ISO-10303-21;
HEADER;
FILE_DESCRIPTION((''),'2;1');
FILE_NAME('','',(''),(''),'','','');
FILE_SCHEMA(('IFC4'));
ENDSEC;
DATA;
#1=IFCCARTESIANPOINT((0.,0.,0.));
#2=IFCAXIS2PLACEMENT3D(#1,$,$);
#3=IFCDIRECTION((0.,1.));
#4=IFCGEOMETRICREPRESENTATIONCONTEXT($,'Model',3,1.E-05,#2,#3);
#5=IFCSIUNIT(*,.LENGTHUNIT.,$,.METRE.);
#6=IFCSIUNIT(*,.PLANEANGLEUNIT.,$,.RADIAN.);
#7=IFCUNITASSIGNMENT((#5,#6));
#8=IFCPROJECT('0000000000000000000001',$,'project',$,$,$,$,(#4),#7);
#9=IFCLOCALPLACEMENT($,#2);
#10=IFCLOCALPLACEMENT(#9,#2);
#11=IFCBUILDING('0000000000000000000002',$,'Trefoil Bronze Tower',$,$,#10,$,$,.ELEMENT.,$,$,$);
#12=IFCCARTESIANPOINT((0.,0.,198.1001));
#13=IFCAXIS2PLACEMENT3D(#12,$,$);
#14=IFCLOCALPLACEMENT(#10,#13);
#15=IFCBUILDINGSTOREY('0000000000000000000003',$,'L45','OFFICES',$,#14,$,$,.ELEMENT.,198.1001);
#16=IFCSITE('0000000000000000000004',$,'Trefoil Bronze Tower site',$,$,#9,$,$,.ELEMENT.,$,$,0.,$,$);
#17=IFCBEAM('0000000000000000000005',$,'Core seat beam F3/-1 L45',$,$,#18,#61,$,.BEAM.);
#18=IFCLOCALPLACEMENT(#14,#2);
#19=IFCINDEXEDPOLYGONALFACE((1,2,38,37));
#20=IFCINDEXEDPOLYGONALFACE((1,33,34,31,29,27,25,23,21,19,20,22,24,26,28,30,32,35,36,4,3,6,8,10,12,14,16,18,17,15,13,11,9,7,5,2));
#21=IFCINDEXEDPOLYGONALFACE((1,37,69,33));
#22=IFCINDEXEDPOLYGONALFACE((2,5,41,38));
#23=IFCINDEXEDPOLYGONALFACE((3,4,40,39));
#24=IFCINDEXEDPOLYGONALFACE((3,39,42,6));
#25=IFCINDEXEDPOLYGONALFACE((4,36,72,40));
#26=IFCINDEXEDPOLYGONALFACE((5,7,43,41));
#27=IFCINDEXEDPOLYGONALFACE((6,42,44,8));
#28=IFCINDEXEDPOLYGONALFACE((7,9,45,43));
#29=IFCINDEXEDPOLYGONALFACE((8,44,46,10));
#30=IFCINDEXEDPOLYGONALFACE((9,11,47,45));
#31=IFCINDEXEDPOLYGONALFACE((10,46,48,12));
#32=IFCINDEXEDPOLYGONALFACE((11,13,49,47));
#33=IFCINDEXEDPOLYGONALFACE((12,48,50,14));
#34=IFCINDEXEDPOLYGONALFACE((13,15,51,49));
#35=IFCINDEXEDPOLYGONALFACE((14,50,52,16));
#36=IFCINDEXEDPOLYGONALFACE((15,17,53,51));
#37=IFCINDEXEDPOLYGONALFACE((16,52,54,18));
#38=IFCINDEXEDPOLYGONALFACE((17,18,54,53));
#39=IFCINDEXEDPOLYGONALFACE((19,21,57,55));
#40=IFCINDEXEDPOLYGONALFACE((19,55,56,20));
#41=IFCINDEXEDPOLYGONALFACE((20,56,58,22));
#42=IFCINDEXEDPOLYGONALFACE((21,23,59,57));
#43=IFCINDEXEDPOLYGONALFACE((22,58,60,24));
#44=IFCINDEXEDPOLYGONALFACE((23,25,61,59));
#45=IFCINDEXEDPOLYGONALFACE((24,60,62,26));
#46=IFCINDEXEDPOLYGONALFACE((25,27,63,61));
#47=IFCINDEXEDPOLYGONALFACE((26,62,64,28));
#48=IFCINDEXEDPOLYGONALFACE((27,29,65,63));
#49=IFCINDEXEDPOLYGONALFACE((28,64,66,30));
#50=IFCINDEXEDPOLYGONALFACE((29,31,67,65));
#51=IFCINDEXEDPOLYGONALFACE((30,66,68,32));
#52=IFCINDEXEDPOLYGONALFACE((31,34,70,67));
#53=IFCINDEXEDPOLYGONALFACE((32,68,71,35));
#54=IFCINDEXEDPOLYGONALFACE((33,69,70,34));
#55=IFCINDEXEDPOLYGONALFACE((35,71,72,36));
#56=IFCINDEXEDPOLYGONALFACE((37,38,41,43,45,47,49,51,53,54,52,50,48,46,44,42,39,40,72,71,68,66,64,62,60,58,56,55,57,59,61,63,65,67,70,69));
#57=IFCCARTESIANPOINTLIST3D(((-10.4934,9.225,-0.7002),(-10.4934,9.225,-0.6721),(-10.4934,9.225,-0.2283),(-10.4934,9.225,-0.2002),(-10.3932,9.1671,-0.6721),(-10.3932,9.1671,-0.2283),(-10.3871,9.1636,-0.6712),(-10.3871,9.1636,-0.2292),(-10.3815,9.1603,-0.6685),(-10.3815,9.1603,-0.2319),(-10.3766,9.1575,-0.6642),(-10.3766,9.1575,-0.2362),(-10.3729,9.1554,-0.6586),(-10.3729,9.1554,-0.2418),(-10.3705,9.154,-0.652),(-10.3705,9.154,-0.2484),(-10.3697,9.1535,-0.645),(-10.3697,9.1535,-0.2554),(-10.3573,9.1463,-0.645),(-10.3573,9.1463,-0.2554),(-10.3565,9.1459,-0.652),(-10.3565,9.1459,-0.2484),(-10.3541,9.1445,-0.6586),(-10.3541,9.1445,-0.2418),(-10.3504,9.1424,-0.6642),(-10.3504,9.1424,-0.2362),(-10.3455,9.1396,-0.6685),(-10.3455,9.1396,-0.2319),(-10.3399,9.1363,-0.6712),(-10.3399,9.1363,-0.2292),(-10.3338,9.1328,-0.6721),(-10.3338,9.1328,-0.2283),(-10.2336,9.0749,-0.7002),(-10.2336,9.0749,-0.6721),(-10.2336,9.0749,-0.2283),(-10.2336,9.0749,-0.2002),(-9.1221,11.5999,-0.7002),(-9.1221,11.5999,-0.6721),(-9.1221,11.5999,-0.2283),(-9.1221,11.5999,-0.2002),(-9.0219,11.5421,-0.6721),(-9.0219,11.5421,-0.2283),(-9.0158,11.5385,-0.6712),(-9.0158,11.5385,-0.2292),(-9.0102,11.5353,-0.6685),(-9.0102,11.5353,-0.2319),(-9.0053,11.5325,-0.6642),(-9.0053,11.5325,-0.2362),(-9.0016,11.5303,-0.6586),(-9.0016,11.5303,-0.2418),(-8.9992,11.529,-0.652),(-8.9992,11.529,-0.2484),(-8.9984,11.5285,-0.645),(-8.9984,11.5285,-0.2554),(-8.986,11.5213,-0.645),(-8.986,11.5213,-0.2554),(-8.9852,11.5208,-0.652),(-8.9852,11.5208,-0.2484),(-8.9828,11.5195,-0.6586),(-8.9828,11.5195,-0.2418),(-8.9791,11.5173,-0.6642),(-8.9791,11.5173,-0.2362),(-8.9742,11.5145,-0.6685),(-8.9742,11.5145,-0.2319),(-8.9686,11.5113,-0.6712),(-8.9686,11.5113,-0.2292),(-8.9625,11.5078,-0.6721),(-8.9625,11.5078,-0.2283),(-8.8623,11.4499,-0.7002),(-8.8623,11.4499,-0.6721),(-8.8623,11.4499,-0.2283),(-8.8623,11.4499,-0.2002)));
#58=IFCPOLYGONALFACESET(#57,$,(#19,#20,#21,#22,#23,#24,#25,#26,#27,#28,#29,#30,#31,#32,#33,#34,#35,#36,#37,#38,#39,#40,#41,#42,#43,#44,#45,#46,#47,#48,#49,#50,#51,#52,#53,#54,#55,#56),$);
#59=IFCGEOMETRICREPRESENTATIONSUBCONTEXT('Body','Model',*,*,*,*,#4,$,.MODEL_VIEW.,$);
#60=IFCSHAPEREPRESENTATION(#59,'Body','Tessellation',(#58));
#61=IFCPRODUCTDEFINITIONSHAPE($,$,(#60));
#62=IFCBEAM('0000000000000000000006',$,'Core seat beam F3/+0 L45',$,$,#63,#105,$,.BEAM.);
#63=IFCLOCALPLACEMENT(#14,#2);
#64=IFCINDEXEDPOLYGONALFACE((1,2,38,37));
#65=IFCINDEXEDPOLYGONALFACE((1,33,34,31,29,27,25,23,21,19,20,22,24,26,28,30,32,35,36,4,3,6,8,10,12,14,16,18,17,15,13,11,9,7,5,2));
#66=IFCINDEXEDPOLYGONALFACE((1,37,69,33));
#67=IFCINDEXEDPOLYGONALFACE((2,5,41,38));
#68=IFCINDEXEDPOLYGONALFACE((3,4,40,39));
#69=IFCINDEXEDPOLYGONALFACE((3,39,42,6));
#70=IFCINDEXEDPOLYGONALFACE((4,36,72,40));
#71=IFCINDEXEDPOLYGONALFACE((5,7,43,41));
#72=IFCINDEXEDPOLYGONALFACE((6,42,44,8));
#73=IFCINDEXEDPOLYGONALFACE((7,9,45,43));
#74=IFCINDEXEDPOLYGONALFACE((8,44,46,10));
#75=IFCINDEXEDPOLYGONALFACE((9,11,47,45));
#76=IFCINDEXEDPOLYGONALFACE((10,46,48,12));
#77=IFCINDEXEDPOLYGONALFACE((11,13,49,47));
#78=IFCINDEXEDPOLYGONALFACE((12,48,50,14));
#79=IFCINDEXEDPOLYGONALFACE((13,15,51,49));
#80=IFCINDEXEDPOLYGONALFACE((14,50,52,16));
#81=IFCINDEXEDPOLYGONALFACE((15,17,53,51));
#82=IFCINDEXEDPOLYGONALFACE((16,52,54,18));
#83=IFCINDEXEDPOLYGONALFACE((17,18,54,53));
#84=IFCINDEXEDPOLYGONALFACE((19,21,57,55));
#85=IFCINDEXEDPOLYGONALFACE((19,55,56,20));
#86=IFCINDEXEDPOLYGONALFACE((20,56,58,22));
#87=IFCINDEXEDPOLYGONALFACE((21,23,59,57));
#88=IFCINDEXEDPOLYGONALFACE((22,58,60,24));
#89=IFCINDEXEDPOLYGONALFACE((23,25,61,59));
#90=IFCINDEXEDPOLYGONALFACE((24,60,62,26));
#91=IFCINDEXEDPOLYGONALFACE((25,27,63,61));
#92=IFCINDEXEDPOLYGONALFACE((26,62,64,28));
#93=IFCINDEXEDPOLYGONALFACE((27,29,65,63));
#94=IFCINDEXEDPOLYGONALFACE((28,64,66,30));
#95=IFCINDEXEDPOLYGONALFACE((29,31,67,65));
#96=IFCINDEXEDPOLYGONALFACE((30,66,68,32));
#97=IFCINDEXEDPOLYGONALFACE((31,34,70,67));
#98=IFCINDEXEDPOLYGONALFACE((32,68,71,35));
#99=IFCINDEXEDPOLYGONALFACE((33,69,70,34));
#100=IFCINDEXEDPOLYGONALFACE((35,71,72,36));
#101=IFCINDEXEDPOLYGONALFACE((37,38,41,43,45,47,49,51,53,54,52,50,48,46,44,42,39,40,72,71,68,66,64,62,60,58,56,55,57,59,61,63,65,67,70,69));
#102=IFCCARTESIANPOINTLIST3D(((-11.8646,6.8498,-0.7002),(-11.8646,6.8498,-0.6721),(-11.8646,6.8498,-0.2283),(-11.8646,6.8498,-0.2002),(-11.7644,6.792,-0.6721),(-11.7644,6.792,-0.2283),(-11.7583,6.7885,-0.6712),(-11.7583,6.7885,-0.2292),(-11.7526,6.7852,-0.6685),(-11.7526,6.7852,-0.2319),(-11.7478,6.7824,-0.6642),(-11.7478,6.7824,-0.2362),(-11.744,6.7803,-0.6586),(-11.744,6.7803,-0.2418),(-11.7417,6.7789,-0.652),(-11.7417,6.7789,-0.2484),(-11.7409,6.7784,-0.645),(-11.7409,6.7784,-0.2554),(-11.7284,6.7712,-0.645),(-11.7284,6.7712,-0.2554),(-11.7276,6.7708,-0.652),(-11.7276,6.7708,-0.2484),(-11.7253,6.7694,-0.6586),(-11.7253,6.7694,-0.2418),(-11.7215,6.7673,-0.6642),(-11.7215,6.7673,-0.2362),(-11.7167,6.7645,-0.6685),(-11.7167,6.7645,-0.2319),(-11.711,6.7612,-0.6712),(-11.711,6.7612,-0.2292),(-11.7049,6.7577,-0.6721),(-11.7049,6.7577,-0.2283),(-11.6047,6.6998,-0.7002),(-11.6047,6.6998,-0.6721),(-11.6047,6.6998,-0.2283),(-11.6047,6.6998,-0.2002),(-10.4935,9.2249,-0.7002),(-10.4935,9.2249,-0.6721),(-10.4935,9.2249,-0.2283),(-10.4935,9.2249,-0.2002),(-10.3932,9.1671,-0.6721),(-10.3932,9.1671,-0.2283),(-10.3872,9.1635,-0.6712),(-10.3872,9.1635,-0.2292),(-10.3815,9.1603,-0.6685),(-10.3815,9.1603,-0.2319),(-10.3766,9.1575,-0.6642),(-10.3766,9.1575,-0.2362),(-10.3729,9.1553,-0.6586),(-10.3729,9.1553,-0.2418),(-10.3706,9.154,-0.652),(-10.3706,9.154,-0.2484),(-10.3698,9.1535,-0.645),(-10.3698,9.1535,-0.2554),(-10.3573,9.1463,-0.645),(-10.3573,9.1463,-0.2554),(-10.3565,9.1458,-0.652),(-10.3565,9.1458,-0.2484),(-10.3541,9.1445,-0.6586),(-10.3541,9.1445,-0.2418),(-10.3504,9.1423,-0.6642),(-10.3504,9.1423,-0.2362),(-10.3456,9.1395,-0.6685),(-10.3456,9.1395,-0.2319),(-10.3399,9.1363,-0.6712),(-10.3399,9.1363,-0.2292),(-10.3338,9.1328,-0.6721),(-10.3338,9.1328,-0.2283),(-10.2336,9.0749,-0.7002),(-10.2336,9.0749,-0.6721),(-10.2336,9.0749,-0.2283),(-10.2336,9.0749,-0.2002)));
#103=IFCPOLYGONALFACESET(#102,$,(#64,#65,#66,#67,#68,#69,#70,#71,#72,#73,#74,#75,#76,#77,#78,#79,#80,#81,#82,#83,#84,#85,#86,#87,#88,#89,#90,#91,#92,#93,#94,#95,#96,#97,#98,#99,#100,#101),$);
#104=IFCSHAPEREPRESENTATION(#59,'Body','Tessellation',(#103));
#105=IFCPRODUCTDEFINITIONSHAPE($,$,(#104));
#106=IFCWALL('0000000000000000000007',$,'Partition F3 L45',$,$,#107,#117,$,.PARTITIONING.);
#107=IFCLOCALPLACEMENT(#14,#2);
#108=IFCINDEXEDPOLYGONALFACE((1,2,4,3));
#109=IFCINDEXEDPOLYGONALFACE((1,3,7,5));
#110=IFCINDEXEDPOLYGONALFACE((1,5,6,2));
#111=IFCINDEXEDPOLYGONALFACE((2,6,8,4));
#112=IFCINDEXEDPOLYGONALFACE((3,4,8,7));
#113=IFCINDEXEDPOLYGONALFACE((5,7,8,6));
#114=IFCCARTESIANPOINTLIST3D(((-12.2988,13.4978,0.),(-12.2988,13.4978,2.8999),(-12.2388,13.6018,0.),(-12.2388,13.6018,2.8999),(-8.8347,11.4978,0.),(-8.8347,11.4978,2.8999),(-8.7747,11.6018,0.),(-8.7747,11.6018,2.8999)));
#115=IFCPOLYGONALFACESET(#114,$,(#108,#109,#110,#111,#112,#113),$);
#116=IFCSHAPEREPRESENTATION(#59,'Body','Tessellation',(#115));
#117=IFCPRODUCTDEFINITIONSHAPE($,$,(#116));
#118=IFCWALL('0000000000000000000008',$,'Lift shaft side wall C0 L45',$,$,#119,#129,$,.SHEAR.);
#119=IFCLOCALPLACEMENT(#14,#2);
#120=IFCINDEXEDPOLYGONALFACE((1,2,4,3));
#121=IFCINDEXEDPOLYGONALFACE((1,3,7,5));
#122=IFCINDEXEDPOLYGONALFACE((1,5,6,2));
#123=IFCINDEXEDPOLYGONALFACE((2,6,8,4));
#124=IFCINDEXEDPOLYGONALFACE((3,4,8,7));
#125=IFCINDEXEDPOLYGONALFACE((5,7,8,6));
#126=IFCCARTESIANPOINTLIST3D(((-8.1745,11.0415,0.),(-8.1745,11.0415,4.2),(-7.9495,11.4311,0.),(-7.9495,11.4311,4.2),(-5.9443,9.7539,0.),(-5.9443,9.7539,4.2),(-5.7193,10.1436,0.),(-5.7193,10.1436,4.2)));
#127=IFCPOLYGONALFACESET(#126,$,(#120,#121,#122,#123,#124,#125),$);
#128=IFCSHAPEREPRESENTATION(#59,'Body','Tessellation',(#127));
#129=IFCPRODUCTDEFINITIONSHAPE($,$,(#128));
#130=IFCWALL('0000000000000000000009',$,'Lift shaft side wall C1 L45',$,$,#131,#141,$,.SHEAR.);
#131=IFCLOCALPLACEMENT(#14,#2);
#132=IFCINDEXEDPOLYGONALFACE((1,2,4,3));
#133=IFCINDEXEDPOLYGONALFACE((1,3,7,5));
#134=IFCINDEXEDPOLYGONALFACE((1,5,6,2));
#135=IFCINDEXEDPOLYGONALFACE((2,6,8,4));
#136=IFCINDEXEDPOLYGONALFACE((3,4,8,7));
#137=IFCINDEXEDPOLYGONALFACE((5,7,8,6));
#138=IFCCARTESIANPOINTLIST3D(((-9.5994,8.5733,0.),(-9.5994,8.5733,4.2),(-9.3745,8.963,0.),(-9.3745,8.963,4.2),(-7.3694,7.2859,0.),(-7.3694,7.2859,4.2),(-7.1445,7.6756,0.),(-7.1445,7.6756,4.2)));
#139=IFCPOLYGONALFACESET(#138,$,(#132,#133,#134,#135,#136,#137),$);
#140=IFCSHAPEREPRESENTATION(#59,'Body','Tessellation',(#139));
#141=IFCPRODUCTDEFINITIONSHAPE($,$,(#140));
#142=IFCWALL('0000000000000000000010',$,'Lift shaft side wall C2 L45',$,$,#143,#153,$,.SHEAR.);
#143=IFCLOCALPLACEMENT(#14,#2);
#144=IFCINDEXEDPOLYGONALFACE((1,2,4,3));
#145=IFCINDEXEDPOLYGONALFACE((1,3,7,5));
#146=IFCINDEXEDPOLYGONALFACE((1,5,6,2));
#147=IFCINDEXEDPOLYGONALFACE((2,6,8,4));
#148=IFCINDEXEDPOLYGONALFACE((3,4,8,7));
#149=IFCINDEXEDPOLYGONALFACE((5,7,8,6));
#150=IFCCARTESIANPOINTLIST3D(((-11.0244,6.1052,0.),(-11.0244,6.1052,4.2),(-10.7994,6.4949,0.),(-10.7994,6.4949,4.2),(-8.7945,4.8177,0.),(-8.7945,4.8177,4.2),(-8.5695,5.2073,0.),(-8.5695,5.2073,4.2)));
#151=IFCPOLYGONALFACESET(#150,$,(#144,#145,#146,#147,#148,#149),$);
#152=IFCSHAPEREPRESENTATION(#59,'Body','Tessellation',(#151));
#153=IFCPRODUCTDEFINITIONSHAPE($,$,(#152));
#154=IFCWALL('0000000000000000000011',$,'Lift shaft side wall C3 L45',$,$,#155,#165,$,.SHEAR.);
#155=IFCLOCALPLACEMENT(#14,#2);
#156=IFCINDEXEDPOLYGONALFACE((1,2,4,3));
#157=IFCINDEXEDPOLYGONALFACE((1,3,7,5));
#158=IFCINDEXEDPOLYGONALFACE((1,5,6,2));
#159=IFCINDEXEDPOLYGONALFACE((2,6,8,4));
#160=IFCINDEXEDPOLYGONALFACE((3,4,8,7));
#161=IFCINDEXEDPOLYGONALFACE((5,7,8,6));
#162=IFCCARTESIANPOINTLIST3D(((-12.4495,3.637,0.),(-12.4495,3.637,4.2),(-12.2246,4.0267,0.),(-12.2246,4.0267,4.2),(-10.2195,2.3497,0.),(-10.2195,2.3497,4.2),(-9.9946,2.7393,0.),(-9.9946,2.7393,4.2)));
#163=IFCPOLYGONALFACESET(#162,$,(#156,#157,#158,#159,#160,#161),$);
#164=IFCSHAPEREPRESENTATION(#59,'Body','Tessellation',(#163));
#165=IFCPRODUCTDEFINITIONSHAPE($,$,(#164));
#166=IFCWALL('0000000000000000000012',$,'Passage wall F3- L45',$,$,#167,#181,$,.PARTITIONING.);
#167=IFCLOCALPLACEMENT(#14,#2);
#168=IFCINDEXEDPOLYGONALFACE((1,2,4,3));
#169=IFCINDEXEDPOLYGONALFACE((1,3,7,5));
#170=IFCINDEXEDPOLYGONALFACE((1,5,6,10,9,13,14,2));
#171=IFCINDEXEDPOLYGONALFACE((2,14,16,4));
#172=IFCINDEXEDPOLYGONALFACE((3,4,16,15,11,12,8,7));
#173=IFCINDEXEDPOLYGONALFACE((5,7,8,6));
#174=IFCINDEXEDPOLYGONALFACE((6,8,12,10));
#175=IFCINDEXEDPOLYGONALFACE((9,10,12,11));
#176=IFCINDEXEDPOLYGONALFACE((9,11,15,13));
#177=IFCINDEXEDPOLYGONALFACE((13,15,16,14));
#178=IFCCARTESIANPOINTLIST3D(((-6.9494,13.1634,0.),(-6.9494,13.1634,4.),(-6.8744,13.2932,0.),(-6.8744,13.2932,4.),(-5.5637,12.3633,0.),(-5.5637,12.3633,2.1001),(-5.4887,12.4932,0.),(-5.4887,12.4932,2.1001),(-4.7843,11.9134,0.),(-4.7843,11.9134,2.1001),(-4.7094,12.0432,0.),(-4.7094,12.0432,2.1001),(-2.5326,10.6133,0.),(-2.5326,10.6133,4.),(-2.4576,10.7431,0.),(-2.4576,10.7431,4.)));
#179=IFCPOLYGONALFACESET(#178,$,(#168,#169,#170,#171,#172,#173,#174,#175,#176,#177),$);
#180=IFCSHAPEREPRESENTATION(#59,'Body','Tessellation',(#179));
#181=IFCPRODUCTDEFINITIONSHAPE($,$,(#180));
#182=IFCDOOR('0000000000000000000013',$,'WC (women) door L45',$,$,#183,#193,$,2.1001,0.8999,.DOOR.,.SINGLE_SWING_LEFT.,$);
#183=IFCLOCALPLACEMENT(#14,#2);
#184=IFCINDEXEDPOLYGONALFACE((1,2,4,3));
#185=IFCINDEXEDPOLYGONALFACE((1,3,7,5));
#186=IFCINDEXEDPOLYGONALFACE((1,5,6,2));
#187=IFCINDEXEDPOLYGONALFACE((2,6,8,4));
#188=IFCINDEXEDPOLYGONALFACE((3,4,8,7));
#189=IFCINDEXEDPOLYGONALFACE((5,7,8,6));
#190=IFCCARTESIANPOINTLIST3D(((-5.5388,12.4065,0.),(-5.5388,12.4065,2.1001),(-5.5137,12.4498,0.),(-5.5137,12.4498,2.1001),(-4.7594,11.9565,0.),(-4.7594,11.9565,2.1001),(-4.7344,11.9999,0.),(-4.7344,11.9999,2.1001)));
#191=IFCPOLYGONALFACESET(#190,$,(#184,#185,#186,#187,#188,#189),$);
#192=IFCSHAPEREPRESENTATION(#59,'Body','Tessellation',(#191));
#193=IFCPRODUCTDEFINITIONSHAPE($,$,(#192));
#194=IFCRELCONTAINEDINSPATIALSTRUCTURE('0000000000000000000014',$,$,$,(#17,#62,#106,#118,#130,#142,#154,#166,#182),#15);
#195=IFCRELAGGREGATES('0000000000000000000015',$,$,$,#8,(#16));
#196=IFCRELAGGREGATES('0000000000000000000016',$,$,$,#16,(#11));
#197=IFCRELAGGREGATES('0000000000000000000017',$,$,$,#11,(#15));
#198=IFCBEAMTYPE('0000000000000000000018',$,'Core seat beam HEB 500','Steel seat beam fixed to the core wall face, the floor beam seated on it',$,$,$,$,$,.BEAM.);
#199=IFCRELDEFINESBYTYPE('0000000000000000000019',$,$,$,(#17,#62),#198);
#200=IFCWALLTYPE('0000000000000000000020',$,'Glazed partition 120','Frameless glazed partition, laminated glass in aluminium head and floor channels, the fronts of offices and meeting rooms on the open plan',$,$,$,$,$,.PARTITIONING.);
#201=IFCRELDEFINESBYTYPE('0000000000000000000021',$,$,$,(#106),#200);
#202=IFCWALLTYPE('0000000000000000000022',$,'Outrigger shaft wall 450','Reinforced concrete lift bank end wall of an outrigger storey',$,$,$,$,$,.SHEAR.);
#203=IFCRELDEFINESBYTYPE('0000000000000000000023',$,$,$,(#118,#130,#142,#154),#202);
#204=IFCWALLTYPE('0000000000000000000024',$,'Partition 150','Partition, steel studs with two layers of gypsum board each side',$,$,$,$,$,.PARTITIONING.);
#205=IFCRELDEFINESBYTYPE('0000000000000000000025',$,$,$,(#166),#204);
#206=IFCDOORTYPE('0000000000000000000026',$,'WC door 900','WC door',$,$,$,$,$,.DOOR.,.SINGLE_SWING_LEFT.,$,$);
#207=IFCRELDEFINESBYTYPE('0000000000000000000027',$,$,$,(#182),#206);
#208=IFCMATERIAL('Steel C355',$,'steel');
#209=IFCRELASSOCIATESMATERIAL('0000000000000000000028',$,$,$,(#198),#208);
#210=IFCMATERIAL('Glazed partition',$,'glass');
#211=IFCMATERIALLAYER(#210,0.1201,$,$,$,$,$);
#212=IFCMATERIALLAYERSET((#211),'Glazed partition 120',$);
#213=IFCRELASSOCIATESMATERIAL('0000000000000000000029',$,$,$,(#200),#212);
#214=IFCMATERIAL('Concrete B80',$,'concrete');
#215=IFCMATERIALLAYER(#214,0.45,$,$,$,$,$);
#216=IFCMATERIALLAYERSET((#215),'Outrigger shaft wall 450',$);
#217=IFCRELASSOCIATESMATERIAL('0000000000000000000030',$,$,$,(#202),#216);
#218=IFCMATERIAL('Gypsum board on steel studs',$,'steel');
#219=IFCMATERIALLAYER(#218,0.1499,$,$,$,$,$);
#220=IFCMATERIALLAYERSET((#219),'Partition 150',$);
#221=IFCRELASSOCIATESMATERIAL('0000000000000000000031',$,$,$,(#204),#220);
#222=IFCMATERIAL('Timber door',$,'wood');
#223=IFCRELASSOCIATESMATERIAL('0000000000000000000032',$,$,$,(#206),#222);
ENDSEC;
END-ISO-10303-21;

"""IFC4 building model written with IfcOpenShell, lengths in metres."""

from ifc_helpers import new_model, si_unit, direction, frame, frame_2d, origin, origin_2d, place, context, subcontext, project, spatial, rectangle, i_section, extrude, material, layer, layer_set, material_profile, profile_set, type_object, element, fill, save


model = new_model("IFC4")

# Units and contexts
model_context = context("Model", 3, precision=1e-05, world=origin(), true_north=direction((0.0, 1.0)))
body_context = subcontext(model_context, "Body", "Model", "MODEL_VIEW")
ifc_project = project(units=[si_unit("LENGTHUNIT", "METRE"), si_unit("PLANEANGLEUNIT", "RADIAN")], contexts=[model_context])

# Site, building, storey
site_placement = place(None, origin())
site = spatial("IfcSite", under=ifc_project, at=site_placement, Name="Trefoil Bronze Tower site", CompositionType="ELEMENT", RefElevation=0.0)
building_placement = place(site_placement, origin())
building = spatial("IfcBuilding", under=site, at=building_placement, Name="Trefoil Bronze Tower", CompositionType="ELEMENT")
storey_placement = place(building_placement, frame((0.0, 0.0, 198.1001)))
storey = spatial("IfcBuildingStorey", under=building, at=storey_placement, Name="L45", Description="OFFICES", CompositionType="ELEMENT", Elevation=198.1001)

# Beams
ifc_material_1 = material(Name="Steel C355", Category="steel")
ifc_material_profile = material_profile(ifc_material_1, i_section(OverallWidth=0.3, OverallDepth=0.5, WebThickness=0.0144, FlangeThickness=0.0281, FilletRadius=0.0271, at=origin_2d()), Name="HEB 500")
ifc_profile_set = profile_set([ifc_material_profile], Name="Steel C355")
beam_type = type_object("IfcBeamType", Name="Core seat beam HEB 500", Description="Steel seat beam fixed to the core wall face, the floor beam seated on it", PredefinedType="BEAM", material=ifc_profile_set)
for number, where, z_axis, x_axis, name in (
    (1, (-8.9922, 11.5249, -0.4502), (-0.500036, -0.866005, 0.0), (0.866005, -0.500036, 0.0), "Core seat beam F3/-1 L45"),
    (2, (-10.3635, 9.1499, -0.4502), (-0.499969, -0.866043, 0.0), (0.866043, -0.499969, 0.0), "Core seat beam F3/+0 L45"),
):
    element("IfcBeam", number, at=place(storey_placement, frame(where, z_axis=z_axis, x_axis=x_axis)), inside=storey, type_object=beam_type, Name=name, PredefinedType="BEAM", context=body_context, shape_type="SweptSolid", body=[
        extrude(i_section(OverallWidth=0.3, OverallDepth=0.5, WebThickness=0.0144, FlangeThickness=0.0281, FilletRadius=0.0271, at=origin_2d()), origin(), (0.0, 0.0, 1.0), 2.7424),
    ])

# Walls
ifc_material_2 = material(Name="Glazed partition", Category="glass")
ifc_layer_1 = layer(ifc_material_2, 0.1201)
ifc_layer_set_1 = layer_set([ifc_layer_1], Name="Glazed partition 120")
wall_type_1 = type_object("IfcWallType", Name="Glazed partition 120", Description="Frameless glazed partition, laminated glass in aluminium head and floor channels, the fronts of offices and meeting rooms on the open plan", PredefinedType="PARTITIONING", material=ifc_layer_set_1)
wall_1_placement = place(storey_placement, frame((-8.8047, 11.5498, 0.0), z_axis=(0.0, 0.0, 1.0), x_axis=(-0.866026, 0.499999, 0.0)))
element("IfcWall", 3, at=wall_1_placement, inside=storey, type_object=wall_type_1, Name="Partition F3 L45", PredefinedType="PARTITIONING", context=body_context, shape_type="SweptSolid", body=[
    extrude(rectangle(XDim=4.0, YDim=0.1201, at=frame_2d((2.0, 0.0))), origin(), (0.0, 0.0, 1.0), 2.8999),
])
ifc_material_3 = material(Name="Concrete B80", Category="concrete")
ifc_layer_2 = layer(ifc_material_3, 0.45)
ifc_layer_set_2 = layer_set([ifc_layer_2], Name="Outrigger shaft wall 450")
wall_type_2 = type_object("IfcWallType", Name="Outrigger shaft wall 450", Description="Reinforced concrete lift bank end wall of an outrigger storey", PredefinedType="SHEAR", material=ifc_layer_set_2)
wall_2_placement = place(storey_placement, frame((-5.8318, 9.9487, 0.0), z_axis=(0.0, 0.0, 1.0), x_axis=(-0.866029, 0.499993, 0.0)))
element("IfcWall", 4, at=wall_2_placement, inside=storey, type_object=wall_type_2, Name="Lift shaft side wall C0 L45", PredefinedType="SHEAR", context=body_context, shape_type="SweptSolid", body=[
    extrude(rectangle(XDim=2.5752, YDim=0.45, at=frame_2d((1.2876, 0.0))), origin(), (0.0, 0.0, 1.0), 4.2),
])
for number, where, z_axis, x_axis, name in (
    (5, (-7.2568, 7.4807, 0.0), (0.0, 0.0, 1.0), (-0.866047, 0.499963, 0.0), "Lift shaft side wall C1 L45"),
    (6, (-8.6819, 5.0125, 0.0), (0.0, 0.0, 1.0), (-0.866006, 0.500034, 0.0), "Lift shaft side wall C2 L45"),
    (7, (-10.1069, 2.5444, 0.0), (0.0, 0.0, 1.0), (-0.866047, 0.499963, 0.0), "Lift shaft side wall C3 L45"),
):
    element("IfcWall", number, at=place(storey_placement, frame(where, z_axis=z_axis, x_axis=x_axis)), inside=storey, type_object=wall_type_2, Name=name, PredefinedType="SHEAR", context=body_context, shape_type="SweptSolid", body=[
        extrude(rectangle(XDim=2.575, YDim=0.45, at=frame_2d((1.2876, 0.0))), origin(), (0.0, 0.0, 1.0), 4.2),
    ])

# Wall, opening, door
ifc_material_4 = material(Name="Gypsum board on steel studs", Category="steel")
ifc_layer_3 = layer(ifc_material_4, 0.1499)
ifc_layer_set_3 = layer_set([ifc_layer_3], Name="Partition 150")
wall_type_3 = type_object("IfcWallType", Name="Partition 150", Description="Partition, steel studs with two layers of gypsum board each side", PredefinedType="PARTITIONING", material=ifc_layer_set_3)
wall_3_placement = place(storey_placement, frame((-2.4951, 10.6782, 0.0), z_axis=(0.0, 0.0, 1.0), x_axis=(-0.866022, 0.500006, 0.0)))
wall_3 = element("IfcWall", 8, at=wall_3_placement, inside=storey, type_object=wall_type_3, Name="Passage wall F3- L45", PredefinedType="PARTITIONING", context=body_context, shape_type="SweptSolid", body=[
    extrude(rectangle(XDim=5.1001, YDim=0.1499, at=frame_2d((2.55, 0.0))), origin(), (0.0, 0.0, 1.0), 4.0),
])
opening_1_placement = place(wall_3_placement, frame((2.6001, 0.0, 0.0)))
opening_1 = element("IfcOpeningElement", 9, at=opening_1_placement, cuts=wall_3, PredefinedType="OPENING", context=body_context, shape_type="SweptSolid", body=[
    extrude(rectangle(XDim=0.8999, YDim=2.1001, at=frame_2d((0.45, 1.05))), frame((0.0, 0.085, 0.0), z_axis=(0.0, -1.0, 0.0), x_axis=(1.0, 0.0, 0.0)), (0.0, 0.0, 1.0), 0.1699),
])
ifc_material_5 = material(Name="Timber door", Category="wood")
door_type_1 = type_object("IfcDoorType", Name="WC door 900", Description="WC door", OperationType="SINGLE_SWING_LEFT", PredefinedType="DOOR", material=ifc_material_5)
door_1_placement = place(opening_1_placement, frame((0.8999, 0.0, 0.0), z_axis=(0.0, 0.0, 1.0), x_axis=(-1.0, 0.0, 0.0)))
door_1 = element("IfcDoor", 10, at=door_1_placement, inside=storey, type_object=door_type_1, Name="WC (women) door L45", OperationType="SINGLE_SWING_LEFT", OverallHeight=2.1001, OverallWidth=0.8999, PredefinedType="DOOR", context=body_context, shape_type="SweptSolid", body=[
    extrude(rectangle(XDim=0.8999, YDim=2.1001, at=frame_2d((0.45, 1.05))), frame((0.0, 0.0249, 0.0), z_axis=(0.0, -1.0, 0.0), x_axis=(1.0, 0.0, 0.0)), (0.0, 0.0, 1.0), 0.05),
])
fill(opening_1, door_1)

save(model, "model.ifc")
